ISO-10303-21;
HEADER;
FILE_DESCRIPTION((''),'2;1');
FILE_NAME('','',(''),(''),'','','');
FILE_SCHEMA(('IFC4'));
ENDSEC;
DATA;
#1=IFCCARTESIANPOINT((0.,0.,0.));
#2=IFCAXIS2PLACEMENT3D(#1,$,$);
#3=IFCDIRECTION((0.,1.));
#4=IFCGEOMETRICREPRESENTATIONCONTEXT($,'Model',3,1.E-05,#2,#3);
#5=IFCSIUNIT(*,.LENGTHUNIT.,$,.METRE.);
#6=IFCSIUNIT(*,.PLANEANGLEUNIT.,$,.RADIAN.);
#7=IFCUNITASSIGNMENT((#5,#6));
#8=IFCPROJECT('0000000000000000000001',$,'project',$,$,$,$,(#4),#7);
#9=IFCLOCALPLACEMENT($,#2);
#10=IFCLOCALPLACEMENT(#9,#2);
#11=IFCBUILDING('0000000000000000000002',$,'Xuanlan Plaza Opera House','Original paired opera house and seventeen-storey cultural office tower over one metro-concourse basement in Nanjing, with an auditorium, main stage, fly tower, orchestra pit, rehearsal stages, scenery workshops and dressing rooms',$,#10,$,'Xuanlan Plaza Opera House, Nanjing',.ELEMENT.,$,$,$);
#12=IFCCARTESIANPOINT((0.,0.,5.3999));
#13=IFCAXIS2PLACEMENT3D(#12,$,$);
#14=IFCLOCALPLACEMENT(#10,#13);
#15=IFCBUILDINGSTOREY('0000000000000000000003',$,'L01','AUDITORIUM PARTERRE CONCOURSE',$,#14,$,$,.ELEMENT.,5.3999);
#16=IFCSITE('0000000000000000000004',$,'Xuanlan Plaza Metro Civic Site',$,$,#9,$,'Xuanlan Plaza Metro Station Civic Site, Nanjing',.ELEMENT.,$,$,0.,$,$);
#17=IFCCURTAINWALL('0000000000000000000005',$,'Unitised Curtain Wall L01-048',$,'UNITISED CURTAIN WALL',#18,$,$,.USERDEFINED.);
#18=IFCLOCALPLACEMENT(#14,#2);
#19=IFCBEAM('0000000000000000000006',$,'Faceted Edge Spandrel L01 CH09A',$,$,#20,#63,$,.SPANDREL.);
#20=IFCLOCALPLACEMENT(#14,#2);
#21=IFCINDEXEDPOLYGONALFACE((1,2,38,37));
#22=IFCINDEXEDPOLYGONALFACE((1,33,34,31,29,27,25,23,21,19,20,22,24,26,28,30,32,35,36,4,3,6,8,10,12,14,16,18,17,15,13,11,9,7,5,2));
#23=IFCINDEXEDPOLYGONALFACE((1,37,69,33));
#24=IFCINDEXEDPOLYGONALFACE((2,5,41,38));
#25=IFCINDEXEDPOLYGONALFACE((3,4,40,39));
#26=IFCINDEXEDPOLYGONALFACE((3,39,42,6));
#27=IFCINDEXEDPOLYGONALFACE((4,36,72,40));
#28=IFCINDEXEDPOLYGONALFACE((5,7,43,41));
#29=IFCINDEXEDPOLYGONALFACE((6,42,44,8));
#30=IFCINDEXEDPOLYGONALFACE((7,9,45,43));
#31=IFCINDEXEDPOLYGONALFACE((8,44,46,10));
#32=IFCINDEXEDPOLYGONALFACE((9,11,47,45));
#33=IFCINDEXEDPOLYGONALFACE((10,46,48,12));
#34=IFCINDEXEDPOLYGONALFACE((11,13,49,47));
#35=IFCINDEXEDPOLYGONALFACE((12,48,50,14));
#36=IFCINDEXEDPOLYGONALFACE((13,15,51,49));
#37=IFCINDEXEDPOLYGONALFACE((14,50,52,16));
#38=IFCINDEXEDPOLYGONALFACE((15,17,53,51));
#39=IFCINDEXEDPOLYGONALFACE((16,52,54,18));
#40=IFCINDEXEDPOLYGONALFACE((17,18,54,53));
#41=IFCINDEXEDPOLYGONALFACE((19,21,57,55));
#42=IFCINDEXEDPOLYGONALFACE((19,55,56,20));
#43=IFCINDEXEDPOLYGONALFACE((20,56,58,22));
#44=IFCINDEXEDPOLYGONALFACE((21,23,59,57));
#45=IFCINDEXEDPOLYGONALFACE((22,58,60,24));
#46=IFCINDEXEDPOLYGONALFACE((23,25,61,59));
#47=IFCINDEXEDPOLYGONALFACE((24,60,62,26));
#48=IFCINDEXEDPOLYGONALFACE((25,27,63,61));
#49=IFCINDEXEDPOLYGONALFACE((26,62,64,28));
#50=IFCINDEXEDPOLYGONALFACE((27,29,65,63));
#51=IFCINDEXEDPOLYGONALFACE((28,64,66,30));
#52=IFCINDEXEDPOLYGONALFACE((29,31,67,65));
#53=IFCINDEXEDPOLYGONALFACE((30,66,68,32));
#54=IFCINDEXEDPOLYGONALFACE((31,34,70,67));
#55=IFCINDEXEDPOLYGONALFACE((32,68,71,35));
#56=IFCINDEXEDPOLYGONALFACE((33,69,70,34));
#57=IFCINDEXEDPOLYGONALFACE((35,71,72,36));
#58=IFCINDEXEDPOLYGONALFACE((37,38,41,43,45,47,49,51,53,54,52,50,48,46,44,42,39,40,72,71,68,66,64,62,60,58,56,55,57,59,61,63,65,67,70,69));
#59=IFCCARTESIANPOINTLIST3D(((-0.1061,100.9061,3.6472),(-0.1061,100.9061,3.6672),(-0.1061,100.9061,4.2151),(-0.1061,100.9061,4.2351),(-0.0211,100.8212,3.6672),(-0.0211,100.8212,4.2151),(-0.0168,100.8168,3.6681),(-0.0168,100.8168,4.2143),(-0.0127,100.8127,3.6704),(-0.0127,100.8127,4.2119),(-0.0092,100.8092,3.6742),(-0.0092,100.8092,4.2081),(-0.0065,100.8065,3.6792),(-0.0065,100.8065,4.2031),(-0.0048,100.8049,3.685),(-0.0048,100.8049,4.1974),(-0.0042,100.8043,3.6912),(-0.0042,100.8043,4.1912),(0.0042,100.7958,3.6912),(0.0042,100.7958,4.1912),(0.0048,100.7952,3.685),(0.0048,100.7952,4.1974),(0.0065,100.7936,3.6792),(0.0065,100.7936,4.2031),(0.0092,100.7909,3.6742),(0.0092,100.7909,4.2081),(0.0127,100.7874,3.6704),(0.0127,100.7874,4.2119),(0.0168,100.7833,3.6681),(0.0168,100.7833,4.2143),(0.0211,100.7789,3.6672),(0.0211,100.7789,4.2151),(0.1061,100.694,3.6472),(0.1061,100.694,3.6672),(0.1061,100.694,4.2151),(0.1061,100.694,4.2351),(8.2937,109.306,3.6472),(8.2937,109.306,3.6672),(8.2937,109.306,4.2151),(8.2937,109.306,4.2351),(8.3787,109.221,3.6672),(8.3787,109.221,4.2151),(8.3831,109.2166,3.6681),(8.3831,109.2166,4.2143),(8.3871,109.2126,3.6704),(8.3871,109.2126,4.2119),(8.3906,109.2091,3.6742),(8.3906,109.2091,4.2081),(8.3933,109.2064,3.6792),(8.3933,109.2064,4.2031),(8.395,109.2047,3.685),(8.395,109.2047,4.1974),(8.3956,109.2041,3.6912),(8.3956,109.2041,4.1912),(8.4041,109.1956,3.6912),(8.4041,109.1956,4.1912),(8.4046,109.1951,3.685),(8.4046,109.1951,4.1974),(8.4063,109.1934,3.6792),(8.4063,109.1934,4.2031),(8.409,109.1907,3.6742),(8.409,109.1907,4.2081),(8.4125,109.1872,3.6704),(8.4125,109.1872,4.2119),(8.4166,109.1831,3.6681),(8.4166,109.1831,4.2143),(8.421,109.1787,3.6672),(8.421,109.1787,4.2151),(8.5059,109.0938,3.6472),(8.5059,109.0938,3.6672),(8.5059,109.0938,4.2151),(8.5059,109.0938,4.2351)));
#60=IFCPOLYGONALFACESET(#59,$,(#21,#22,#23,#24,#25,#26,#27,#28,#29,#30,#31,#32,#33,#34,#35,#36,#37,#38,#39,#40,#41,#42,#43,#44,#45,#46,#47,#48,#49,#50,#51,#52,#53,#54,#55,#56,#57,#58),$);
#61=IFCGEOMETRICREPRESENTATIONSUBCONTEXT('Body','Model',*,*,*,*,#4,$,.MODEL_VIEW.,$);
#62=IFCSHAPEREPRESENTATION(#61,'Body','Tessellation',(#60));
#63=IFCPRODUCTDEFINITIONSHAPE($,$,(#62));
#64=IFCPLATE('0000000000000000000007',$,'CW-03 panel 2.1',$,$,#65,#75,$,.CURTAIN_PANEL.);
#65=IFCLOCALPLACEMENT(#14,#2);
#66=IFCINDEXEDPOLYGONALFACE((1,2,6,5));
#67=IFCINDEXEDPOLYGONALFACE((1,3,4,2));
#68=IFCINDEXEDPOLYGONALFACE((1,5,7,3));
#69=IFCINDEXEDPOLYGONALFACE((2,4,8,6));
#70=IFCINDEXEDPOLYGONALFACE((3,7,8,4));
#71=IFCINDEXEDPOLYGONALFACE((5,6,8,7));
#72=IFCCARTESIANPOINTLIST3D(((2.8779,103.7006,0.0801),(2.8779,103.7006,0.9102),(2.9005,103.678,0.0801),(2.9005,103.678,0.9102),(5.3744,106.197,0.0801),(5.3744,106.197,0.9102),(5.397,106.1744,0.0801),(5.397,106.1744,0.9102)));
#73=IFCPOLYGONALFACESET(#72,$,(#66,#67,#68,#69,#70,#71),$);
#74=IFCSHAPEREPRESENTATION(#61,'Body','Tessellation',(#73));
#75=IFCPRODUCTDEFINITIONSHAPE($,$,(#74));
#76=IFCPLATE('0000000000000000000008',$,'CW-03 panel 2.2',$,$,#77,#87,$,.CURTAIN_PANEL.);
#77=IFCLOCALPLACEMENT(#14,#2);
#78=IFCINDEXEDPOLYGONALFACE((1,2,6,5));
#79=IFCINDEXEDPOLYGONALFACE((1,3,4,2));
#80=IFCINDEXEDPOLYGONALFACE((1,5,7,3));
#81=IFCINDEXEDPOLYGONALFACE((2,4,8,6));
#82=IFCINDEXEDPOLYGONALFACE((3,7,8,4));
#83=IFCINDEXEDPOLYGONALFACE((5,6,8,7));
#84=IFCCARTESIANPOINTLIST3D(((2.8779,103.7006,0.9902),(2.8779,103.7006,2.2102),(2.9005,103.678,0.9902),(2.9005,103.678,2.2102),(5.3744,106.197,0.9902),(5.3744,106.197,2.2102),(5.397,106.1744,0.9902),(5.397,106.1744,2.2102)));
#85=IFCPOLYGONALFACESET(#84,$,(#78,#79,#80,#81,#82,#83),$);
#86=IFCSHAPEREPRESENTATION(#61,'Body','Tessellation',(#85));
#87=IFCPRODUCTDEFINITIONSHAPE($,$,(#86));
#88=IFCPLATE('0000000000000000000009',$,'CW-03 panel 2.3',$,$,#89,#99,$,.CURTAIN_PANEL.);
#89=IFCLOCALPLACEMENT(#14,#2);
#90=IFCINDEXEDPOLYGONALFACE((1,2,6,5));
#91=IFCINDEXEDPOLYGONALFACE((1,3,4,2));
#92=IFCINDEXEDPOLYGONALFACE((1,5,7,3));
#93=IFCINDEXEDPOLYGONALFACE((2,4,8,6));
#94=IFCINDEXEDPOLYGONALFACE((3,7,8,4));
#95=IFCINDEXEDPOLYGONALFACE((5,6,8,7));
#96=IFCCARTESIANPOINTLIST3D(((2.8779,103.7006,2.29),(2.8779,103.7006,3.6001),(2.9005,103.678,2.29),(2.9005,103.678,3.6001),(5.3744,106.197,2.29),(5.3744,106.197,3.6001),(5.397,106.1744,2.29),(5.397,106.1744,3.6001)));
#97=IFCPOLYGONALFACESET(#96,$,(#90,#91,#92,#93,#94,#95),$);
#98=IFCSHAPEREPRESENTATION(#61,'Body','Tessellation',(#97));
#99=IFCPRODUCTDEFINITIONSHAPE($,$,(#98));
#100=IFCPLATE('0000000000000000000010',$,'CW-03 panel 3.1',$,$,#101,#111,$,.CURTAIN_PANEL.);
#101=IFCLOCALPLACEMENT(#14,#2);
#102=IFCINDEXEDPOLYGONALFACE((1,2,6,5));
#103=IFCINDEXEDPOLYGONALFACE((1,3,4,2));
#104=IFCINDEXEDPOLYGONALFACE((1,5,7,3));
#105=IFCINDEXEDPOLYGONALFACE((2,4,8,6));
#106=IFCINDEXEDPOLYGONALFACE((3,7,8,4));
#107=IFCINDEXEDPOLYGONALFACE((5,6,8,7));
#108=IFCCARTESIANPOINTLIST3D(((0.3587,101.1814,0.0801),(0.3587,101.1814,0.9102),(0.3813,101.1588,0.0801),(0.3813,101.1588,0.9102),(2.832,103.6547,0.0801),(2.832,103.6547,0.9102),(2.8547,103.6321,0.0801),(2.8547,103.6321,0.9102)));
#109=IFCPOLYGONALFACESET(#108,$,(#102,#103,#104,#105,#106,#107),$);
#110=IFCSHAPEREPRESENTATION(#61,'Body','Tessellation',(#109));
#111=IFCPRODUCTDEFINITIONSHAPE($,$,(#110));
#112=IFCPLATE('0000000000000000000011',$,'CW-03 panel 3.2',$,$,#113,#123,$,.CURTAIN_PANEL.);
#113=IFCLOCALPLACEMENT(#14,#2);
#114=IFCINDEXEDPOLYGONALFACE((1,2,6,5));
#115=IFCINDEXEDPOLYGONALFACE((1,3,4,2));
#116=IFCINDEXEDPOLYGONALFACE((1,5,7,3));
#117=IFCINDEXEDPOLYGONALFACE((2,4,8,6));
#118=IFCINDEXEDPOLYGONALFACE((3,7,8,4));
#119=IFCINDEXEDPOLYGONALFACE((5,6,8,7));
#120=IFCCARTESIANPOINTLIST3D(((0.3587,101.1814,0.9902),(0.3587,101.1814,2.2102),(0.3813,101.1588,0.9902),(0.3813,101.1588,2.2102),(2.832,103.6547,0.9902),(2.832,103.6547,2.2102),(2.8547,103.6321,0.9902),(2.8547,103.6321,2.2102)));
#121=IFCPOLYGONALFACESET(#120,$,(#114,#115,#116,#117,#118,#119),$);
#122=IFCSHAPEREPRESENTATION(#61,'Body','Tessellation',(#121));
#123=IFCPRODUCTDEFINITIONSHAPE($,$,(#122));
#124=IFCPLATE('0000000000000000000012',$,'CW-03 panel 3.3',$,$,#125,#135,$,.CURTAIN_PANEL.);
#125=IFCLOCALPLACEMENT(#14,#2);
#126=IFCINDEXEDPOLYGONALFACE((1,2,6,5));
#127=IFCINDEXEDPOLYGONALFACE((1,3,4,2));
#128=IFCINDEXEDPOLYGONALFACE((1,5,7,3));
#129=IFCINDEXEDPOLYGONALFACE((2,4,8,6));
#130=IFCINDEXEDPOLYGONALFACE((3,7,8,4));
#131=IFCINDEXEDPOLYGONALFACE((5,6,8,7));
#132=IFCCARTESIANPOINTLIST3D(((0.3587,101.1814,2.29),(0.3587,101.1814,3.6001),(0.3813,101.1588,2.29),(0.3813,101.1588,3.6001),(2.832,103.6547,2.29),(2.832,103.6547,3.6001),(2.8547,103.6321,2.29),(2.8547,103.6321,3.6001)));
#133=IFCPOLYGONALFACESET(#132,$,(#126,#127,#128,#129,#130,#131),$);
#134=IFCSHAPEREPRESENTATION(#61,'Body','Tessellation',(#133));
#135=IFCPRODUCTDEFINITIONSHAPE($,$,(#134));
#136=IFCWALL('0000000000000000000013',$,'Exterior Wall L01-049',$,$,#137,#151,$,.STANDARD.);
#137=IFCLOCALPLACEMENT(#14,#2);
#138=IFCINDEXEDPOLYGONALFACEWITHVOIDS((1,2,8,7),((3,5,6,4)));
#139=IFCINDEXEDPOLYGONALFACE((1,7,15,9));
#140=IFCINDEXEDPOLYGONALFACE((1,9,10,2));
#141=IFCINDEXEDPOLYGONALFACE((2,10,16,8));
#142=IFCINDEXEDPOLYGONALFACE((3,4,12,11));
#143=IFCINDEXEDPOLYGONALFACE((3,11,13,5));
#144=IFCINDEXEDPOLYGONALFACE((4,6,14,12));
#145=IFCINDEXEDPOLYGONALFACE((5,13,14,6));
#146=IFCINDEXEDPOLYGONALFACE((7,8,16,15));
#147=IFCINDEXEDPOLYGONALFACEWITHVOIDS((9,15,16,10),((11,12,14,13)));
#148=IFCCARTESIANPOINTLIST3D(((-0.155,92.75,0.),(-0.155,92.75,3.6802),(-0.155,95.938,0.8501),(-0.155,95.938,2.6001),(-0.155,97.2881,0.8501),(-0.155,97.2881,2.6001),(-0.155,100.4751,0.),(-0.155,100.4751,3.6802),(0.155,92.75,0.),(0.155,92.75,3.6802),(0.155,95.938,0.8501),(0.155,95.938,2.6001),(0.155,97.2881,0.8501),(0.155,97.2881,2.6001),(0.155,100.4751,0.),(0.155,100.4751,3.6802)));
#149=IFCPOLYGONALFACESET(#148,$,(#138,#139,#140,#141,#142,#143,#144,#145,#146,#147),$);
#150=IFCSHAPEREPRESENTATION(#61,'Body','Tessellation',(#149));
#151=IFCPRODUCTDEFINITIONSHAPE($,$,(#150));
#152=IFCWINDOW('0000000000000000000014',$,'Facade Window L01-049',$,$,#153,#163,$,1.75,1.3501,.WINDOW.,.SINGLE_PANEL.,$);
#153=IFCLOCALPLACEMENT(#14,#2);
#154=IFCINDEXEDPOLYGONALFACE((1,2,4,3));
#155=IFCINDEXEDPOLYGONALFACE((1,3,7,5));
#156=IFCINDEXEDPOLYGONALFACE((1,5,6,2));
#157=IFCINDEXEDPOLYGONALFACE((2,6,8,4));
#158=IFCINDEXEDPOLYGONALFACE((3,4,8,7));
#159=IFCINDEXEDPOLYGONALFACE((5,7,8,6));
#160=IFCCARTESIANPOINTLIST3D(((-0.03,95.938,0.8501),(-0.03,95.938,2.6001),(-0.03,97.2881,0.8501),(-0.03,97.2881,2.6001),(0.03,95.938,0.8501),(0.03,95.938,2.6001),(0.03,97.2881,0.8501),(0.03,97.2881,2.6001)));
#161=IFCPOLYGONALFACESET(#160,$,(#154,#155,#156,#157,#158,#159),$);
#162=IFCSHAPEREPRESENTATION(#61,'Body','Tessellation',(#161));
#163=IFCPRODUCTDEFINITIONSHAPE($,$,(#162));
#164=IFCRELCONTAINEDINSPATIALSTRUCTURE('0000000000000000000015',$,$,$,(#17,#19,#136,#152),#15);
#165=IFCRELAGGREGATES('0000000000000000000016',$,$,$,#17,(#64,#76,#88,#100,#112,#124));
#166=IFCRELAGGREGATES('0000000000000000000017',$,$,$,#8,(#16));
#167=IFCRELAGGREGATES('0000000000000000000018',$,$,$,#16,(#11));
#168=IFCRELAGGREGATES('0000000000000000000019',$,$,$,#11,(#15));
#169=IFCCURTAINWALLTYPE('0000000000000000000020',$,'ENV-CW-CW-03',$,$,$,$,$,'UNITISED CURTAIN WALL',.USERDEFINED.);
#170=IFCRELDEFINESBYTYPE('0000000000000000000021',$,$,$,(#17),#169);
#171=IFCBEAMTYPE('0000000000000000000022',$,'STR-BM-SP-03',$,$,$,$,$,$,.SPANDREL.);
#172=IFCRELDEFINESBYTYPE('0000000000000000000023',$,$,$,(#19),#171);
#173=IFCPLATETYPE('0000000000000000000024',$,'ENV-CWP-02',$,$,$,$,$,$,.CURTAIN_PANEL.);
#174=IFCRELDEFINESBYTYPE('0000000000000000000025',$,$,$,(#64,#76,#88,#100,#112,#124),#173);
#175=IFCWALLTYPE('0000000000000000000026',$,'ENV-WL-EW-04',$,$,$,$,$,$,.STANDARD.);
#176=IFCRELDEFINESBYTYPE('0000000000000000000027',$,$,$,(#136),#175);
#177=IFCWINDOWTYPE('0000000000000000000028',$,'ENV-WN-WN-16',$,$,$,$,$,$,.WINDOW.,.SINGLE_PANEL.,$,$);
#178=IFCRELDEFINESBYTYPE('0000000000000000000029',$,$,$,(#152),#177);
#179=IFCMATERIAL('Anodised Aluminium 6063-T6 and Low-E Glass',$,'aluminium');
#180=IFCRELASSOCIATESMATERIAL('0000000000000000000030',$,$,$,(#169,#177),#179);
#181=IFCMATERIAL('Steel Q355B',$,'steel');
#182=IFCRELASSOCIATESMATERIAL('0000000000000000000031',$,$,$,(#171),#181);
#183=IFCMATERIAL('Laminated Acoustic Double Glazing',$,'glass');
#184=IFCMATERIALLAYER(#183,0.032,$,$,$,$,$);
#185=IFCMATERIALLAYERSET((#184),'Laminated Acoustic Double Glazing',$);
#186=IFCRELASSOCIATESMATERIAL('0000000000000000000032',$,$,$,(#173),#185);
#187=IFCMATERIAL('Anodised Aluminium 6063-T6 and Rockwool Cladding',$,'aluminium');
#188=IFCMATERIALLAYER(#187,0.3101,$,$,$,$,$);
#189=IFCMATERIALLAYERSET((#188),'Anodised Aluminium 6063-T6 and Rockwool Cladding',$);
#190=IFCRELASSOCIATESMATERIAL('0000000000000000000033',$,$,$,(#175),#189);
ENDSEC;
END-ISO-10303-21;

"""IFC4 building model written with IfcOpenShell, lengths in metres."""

from ifc_helpers import new_model, si_unit, direction, frame, frame_2d, origin, origin_2d, place, context, subcontext, project, spatial, rectangle, i_section, extrude, material, layer, layer_set, material_profile, profile_set, type_object, element, fill, aggregate, save


model = new_model("IFC4")

# Units and contexts
model_context = context("Model", 3, precision=1e-05, world=origin(), true_north=direction((0.0, 1.0)))
body_context = subcontext(model_context, "Body", "Model", "MODEL_VIEW")
ifc_project = project(units=[si_unit("LENGTHUNIT", "METRE"), si_unit("PLANEANGLEUNIT", "RADIAN")], contexts=[model_context])

# Site, building, storey
site_placement = place(None, origin())
site = spatial("IfcSite", under=ifc_project, at=site_placement, Name="Xuanlan Plaza Metro Civic Site", LongName="Xuanlan Plaza Metro Station Civic Site, Nanjing", CompositionType="ELEMENT", RefElevation=0.0)
building_placement = place(site_placement, origin())
building = spatial("IfcBuilding", under=site, at=building_placement, Name="Xuanlan Plaza Opera House", Description="Original paired opera house and seventeen-storey cultural office tower over one metro-concourse basement in Nanjing, with an auditorium, main stage, fly tower, orchestra pit, rehearsal stages, scenery workshops and dressing rooms", LongName="Xuanlan Plaza Opera House, Nanjing", CompositionType="ELEMENT")
storey_placement = place(building_placement, frame((0.0, 0.0, 5.3999)))
storey = spatial("IfcBuildingStorey", under=building, at=storey_placement, Name="L01", Description="AUDITORIUM PARTERRE CONCOURSE", CompositionType="ELEMENT", Elevation=5.3999)

# Curtain wall
ifc_material_1 = material(Name="Anodised Aluminium 6063-T6 and Low-E Glass", Category="aluminium")
curtain_wall_type = type_object("IfcCurtainWallType", Name="ENV-CW-CW-03", ElementType="UNITISED CURTAIN WALL", PredefinedType="USERDEFINED", material=ifc_material_1)
curtain_wall_placement = place(storey_placement, origin())
curtain_wall = element("IfcCurtainWall", 1, at=curtain_wall_placement, inside=storey, type_object=curtain_wall_type, Name="Unitised Curtain Wall L01-048", ObjectType="UNITISED CURTAIN WALL", PredefinedType="USERDEFINED")

# Beam
ifc_material_2 = material(Name="Steel Q355B", Category="steel")
ifc_material_profile_1 = material_profile(ifc_material_2, i_section(OverallWidth=0.3, OverallDepth=0.5879, WebThickness=0.012, FlangeThickness=0.02, FilletRadius=0.0239, at=origin_2d()), Name="HM 588x300x12x20")
ifc_profile_set_1 = profile_set([ifc_material_profile_1], Name="Steel Q355B")
beam_type_1 = type_object("IfcBeamType", Name="STR-BM-SP-03", PredefinedType="SPANDREL", material=ifc_profile_set_1)
beam_1_placement = place(storey_placement, frame((0.0, 100.8, 3.9412), z_axis=(0.707107, 0.707107, 0.0), x_axis=(-0.707107, 0.707107, 0.0)))
element("IfcBeam", 2, at=beam_1_placement, inside=storey, type_object=beam_type_1, Name="Faceted Edge Spandrel L01 CH09A", PredefinedType="SPANDREL", context=body_context, shape_type="SweptSolid", body=[
    extrude(i_section(OverallWidth=0.3, OverallDepth=0.5879, WebThickness=0.012, FlangeThickness=0.02, FilletRadius=0.0239, at=origin_2d()), origin(), (0.0, 0.0, 1.0), 11.8792),
])

# Plates
ifc_material_3 = material(Name="Laminated Acoustic Double Glazing", Category="glass")
ifc_layer_1 = layer(ifc_material_3, 0.032)
ifc_layer_set_1 = layer_set([ifc_layer_1], Name="Laminated Acoustic Double Glazing")
plate_type = type_object("IfcPlateType", Name="ENV-CWP-02", PredefinedType="CURTAIN_PANEL", material=ifc_layer_set_1)
plate_1_placement = place(storey_placement, frame((4.1375, 104.9375, 0.0801), z_axis=(0.0, 0.0, 1.0), x_axis=(-0.707107, -0.707107, 0.0)))
plate_1 = element("IfcPlate", 3, at=plate_1_placement, type_object=plate_type, Name="CW-03 panel 2.1", PredefinedType="CURTAIN_PANEL", context=body_context, shape_type="SweptSolid", body=[
    extrude(rectangle(XDim=3.5305, YDim=0.032, at=origin_2d()), origin(), (0.0, 0.0, 1.0), 0.8301),
])
plate_2_placement = place(storey_placement, frame((4.1375, 104.9375, 0.9902), z_axis=(0.0, 0.0, 1.0), x_axis=(-0.707107, -0.707107, 0.0)))
plate_2 = element("IfcPlate", 4, at=plate_2_placement, type_object=plate_type, Name="CW-03 panel 2.2", PredefinedType="CURTAIN_PANEL", context=body_context, shape_type="SweptSolid", body=[
    extrude(rectangle(XDim=3.5305, YDim=0.032, at=origin_2d()), origin(), (0.0, 0.0, 1.0), 1.22),
])
plate_3_placement = place(storey_placement, frame((4.1375, 104.9375, 2.29), z_axis=(0.0, 0.0, 1.0), x_axis=(-0.707107, -0.707107, 0.0)))
plate_3 = element("IfcPlate", 5, at=plate_3_placement, type_object=plate_type, Name="CW-03 panel 2.3", PredefinedType="CURTAIN_PANEL", context=body_context, shape_type="SweptSolid", body=[
    extrude(rectangle(XDim=3.5305, YDim=0.032, at=origin_2d()), origin(), (0.0, 0.0, 1.0), 1.3101),
])
plate_4_placement = place(storey_placement, frame((1.6067, 102.4067, 0.0801), z_axis=(0.0, 0.0, 1.0), x_axis=(-0.707107, -0.707107, 0.0)))
plate_4 = element("IfcPlate", 6, at=plate_4_placement, type_object=plate_type, Name="CW-03 panel 3.1", PredefinedType="CURTAIN_PANEL", context=body_context, shape_type="SweptSolid", body=[
    extrude(rectangle(XDim=3.4978, YDim=0.032, at=origin_2d()), origin(), (0.0, 0.0, 1.0), 0.8301),
])
plate_5_placement = place(storey_placement, frame((1.6067, 102.4067, 0.9902), z_axis=(0.0, 0.0, 1.0), x_axis=(-0.707107, -0.707107, 0.0)))
plate_5 = element("IfcPlate", 7, at=plate_5_placement, type_object=plate_type, Name="CW-03 panel 3.2", PredefinedType="CURTAIN_PANEL", context=body_context, shape_type="SweptSolid", body=[
    extrude(rectangle(XDim=3.4978, YDim=0.032, at=origin_2d()), origin(), (0.0, 0.0, 1.0), 1.22),
])
plate_6_placement = place(storey_placement, frame((1.6067, 102.4067, 2.29), z_axis=(0.0, 0.0, 1.0), x_axis=(-0.707107, -0.707107, 0.0)))
plate_6 = element("IfcPlate", 8, at=plate_6_placement, type_object=plate_type, Name="CW-03 panel 3.3", PredefinedType="CURTAIN_PANEL", context=body_context, shape_type="SweptSolid", body=[
    extrude(rectangle(XDim=3.4978, YDim=0.032, at=origin_2d()), origin(), (0.0, 0.0, 1.0), 1.3101),
])
aggregate(curtain_wall, [plate_1, plate_2, plate_3, plate_4, plate_5, plate_6])

# Wall, opening, window
ifc_material_4 = material(Name="Anodised Aluminium 6063-T6 and Rockwool Cladding", Category="aluminium")
ifc_layer_2 = layer(ifc_material_4, 0.3101)
ifc_layer_set_2 = layer_set([ifc_layer_2], Name="Anodised Aluminium 6063-T6 and Rockwool Cladding")
wall_type_1 = type_object("IfcWallType", Name="ENV-WL-EW-04", PredefinedType="STANDARD", material=ifc_layer_set_2)
wall_1_placement = place(storey_placement, frame((0.0, 100.4751, 0.0), z_axis=(0.0, 0.0, 1.0), x_axis=(0.0, -1.0, 0.0)))
wall_1 = element("IfcWall", 9, at=wall_1_placement, inside=storey, type_object=wall_type_1, Name="Exterior Wall L01-049", PredefinedType="STANDARD", context=body_context, shape_type="SweptSolid", body=[
    extrude(rectangle(XDim=7.7251, YDim=0.3101, at=frame_2d((3.8625, 0.0))), origin(), (0.0, 0.0, 1.0), 3.6802),
])
opening_1_placement = place(wall_1_placement, frame((3.187, 0.0, 0.8501)))
opening_1 = element("IfcOpeningElement", 10, at=opening_1_placement, cuts=wall_1, PredefinedType="OPENING", context=body_context, shape_type="SweptSolid", body=[
    extrude(rectangle(XDim=1.3501, YDim=1.75, at=frame_2d((0.675, 0.875))), frame((0.0, 0.165, 0.0), z_axis=(0.0, -1.0, 0.0), x_axis=(1.0, 0.0, 0.0)), (0.0, 0.0, 1.0), 0.3301),
])
window_type_1 = type_object("IfcWindowType", Name="ENV-WN-WN-16", PartitioningType="SINGLE_PANEL", PredefinedType="WINDOW", material=ifc_material_1)
window_1_placement = place(opening_1_placement, origin())
window_1 = element("IfcWindow", 11, at=window_1_placement, inside=storey, type_object=window_type_1, Name="Facade Window L01-049", OverallHeight=1.75, OverallWidth=1.3501, PartitioningType="SINGLE_PANEL", PredefinedType="WINDOW", context=body_context, shape_type="SweptSolid", body=[
    extrude(rectangle(XDim=1.3501, YDim=1.75, at=frame_2d((0.675, 0.875))), frame((0.0, 0.03, 0.0), z_axis=(0.0, -1.0, 0.0), x_axis=(1.0, 0.0, 0.0)), (0.0, 0.0, 1.0), 0.0601),
])
fill(opening_1, window_1)

save(model, "model.ifc")
